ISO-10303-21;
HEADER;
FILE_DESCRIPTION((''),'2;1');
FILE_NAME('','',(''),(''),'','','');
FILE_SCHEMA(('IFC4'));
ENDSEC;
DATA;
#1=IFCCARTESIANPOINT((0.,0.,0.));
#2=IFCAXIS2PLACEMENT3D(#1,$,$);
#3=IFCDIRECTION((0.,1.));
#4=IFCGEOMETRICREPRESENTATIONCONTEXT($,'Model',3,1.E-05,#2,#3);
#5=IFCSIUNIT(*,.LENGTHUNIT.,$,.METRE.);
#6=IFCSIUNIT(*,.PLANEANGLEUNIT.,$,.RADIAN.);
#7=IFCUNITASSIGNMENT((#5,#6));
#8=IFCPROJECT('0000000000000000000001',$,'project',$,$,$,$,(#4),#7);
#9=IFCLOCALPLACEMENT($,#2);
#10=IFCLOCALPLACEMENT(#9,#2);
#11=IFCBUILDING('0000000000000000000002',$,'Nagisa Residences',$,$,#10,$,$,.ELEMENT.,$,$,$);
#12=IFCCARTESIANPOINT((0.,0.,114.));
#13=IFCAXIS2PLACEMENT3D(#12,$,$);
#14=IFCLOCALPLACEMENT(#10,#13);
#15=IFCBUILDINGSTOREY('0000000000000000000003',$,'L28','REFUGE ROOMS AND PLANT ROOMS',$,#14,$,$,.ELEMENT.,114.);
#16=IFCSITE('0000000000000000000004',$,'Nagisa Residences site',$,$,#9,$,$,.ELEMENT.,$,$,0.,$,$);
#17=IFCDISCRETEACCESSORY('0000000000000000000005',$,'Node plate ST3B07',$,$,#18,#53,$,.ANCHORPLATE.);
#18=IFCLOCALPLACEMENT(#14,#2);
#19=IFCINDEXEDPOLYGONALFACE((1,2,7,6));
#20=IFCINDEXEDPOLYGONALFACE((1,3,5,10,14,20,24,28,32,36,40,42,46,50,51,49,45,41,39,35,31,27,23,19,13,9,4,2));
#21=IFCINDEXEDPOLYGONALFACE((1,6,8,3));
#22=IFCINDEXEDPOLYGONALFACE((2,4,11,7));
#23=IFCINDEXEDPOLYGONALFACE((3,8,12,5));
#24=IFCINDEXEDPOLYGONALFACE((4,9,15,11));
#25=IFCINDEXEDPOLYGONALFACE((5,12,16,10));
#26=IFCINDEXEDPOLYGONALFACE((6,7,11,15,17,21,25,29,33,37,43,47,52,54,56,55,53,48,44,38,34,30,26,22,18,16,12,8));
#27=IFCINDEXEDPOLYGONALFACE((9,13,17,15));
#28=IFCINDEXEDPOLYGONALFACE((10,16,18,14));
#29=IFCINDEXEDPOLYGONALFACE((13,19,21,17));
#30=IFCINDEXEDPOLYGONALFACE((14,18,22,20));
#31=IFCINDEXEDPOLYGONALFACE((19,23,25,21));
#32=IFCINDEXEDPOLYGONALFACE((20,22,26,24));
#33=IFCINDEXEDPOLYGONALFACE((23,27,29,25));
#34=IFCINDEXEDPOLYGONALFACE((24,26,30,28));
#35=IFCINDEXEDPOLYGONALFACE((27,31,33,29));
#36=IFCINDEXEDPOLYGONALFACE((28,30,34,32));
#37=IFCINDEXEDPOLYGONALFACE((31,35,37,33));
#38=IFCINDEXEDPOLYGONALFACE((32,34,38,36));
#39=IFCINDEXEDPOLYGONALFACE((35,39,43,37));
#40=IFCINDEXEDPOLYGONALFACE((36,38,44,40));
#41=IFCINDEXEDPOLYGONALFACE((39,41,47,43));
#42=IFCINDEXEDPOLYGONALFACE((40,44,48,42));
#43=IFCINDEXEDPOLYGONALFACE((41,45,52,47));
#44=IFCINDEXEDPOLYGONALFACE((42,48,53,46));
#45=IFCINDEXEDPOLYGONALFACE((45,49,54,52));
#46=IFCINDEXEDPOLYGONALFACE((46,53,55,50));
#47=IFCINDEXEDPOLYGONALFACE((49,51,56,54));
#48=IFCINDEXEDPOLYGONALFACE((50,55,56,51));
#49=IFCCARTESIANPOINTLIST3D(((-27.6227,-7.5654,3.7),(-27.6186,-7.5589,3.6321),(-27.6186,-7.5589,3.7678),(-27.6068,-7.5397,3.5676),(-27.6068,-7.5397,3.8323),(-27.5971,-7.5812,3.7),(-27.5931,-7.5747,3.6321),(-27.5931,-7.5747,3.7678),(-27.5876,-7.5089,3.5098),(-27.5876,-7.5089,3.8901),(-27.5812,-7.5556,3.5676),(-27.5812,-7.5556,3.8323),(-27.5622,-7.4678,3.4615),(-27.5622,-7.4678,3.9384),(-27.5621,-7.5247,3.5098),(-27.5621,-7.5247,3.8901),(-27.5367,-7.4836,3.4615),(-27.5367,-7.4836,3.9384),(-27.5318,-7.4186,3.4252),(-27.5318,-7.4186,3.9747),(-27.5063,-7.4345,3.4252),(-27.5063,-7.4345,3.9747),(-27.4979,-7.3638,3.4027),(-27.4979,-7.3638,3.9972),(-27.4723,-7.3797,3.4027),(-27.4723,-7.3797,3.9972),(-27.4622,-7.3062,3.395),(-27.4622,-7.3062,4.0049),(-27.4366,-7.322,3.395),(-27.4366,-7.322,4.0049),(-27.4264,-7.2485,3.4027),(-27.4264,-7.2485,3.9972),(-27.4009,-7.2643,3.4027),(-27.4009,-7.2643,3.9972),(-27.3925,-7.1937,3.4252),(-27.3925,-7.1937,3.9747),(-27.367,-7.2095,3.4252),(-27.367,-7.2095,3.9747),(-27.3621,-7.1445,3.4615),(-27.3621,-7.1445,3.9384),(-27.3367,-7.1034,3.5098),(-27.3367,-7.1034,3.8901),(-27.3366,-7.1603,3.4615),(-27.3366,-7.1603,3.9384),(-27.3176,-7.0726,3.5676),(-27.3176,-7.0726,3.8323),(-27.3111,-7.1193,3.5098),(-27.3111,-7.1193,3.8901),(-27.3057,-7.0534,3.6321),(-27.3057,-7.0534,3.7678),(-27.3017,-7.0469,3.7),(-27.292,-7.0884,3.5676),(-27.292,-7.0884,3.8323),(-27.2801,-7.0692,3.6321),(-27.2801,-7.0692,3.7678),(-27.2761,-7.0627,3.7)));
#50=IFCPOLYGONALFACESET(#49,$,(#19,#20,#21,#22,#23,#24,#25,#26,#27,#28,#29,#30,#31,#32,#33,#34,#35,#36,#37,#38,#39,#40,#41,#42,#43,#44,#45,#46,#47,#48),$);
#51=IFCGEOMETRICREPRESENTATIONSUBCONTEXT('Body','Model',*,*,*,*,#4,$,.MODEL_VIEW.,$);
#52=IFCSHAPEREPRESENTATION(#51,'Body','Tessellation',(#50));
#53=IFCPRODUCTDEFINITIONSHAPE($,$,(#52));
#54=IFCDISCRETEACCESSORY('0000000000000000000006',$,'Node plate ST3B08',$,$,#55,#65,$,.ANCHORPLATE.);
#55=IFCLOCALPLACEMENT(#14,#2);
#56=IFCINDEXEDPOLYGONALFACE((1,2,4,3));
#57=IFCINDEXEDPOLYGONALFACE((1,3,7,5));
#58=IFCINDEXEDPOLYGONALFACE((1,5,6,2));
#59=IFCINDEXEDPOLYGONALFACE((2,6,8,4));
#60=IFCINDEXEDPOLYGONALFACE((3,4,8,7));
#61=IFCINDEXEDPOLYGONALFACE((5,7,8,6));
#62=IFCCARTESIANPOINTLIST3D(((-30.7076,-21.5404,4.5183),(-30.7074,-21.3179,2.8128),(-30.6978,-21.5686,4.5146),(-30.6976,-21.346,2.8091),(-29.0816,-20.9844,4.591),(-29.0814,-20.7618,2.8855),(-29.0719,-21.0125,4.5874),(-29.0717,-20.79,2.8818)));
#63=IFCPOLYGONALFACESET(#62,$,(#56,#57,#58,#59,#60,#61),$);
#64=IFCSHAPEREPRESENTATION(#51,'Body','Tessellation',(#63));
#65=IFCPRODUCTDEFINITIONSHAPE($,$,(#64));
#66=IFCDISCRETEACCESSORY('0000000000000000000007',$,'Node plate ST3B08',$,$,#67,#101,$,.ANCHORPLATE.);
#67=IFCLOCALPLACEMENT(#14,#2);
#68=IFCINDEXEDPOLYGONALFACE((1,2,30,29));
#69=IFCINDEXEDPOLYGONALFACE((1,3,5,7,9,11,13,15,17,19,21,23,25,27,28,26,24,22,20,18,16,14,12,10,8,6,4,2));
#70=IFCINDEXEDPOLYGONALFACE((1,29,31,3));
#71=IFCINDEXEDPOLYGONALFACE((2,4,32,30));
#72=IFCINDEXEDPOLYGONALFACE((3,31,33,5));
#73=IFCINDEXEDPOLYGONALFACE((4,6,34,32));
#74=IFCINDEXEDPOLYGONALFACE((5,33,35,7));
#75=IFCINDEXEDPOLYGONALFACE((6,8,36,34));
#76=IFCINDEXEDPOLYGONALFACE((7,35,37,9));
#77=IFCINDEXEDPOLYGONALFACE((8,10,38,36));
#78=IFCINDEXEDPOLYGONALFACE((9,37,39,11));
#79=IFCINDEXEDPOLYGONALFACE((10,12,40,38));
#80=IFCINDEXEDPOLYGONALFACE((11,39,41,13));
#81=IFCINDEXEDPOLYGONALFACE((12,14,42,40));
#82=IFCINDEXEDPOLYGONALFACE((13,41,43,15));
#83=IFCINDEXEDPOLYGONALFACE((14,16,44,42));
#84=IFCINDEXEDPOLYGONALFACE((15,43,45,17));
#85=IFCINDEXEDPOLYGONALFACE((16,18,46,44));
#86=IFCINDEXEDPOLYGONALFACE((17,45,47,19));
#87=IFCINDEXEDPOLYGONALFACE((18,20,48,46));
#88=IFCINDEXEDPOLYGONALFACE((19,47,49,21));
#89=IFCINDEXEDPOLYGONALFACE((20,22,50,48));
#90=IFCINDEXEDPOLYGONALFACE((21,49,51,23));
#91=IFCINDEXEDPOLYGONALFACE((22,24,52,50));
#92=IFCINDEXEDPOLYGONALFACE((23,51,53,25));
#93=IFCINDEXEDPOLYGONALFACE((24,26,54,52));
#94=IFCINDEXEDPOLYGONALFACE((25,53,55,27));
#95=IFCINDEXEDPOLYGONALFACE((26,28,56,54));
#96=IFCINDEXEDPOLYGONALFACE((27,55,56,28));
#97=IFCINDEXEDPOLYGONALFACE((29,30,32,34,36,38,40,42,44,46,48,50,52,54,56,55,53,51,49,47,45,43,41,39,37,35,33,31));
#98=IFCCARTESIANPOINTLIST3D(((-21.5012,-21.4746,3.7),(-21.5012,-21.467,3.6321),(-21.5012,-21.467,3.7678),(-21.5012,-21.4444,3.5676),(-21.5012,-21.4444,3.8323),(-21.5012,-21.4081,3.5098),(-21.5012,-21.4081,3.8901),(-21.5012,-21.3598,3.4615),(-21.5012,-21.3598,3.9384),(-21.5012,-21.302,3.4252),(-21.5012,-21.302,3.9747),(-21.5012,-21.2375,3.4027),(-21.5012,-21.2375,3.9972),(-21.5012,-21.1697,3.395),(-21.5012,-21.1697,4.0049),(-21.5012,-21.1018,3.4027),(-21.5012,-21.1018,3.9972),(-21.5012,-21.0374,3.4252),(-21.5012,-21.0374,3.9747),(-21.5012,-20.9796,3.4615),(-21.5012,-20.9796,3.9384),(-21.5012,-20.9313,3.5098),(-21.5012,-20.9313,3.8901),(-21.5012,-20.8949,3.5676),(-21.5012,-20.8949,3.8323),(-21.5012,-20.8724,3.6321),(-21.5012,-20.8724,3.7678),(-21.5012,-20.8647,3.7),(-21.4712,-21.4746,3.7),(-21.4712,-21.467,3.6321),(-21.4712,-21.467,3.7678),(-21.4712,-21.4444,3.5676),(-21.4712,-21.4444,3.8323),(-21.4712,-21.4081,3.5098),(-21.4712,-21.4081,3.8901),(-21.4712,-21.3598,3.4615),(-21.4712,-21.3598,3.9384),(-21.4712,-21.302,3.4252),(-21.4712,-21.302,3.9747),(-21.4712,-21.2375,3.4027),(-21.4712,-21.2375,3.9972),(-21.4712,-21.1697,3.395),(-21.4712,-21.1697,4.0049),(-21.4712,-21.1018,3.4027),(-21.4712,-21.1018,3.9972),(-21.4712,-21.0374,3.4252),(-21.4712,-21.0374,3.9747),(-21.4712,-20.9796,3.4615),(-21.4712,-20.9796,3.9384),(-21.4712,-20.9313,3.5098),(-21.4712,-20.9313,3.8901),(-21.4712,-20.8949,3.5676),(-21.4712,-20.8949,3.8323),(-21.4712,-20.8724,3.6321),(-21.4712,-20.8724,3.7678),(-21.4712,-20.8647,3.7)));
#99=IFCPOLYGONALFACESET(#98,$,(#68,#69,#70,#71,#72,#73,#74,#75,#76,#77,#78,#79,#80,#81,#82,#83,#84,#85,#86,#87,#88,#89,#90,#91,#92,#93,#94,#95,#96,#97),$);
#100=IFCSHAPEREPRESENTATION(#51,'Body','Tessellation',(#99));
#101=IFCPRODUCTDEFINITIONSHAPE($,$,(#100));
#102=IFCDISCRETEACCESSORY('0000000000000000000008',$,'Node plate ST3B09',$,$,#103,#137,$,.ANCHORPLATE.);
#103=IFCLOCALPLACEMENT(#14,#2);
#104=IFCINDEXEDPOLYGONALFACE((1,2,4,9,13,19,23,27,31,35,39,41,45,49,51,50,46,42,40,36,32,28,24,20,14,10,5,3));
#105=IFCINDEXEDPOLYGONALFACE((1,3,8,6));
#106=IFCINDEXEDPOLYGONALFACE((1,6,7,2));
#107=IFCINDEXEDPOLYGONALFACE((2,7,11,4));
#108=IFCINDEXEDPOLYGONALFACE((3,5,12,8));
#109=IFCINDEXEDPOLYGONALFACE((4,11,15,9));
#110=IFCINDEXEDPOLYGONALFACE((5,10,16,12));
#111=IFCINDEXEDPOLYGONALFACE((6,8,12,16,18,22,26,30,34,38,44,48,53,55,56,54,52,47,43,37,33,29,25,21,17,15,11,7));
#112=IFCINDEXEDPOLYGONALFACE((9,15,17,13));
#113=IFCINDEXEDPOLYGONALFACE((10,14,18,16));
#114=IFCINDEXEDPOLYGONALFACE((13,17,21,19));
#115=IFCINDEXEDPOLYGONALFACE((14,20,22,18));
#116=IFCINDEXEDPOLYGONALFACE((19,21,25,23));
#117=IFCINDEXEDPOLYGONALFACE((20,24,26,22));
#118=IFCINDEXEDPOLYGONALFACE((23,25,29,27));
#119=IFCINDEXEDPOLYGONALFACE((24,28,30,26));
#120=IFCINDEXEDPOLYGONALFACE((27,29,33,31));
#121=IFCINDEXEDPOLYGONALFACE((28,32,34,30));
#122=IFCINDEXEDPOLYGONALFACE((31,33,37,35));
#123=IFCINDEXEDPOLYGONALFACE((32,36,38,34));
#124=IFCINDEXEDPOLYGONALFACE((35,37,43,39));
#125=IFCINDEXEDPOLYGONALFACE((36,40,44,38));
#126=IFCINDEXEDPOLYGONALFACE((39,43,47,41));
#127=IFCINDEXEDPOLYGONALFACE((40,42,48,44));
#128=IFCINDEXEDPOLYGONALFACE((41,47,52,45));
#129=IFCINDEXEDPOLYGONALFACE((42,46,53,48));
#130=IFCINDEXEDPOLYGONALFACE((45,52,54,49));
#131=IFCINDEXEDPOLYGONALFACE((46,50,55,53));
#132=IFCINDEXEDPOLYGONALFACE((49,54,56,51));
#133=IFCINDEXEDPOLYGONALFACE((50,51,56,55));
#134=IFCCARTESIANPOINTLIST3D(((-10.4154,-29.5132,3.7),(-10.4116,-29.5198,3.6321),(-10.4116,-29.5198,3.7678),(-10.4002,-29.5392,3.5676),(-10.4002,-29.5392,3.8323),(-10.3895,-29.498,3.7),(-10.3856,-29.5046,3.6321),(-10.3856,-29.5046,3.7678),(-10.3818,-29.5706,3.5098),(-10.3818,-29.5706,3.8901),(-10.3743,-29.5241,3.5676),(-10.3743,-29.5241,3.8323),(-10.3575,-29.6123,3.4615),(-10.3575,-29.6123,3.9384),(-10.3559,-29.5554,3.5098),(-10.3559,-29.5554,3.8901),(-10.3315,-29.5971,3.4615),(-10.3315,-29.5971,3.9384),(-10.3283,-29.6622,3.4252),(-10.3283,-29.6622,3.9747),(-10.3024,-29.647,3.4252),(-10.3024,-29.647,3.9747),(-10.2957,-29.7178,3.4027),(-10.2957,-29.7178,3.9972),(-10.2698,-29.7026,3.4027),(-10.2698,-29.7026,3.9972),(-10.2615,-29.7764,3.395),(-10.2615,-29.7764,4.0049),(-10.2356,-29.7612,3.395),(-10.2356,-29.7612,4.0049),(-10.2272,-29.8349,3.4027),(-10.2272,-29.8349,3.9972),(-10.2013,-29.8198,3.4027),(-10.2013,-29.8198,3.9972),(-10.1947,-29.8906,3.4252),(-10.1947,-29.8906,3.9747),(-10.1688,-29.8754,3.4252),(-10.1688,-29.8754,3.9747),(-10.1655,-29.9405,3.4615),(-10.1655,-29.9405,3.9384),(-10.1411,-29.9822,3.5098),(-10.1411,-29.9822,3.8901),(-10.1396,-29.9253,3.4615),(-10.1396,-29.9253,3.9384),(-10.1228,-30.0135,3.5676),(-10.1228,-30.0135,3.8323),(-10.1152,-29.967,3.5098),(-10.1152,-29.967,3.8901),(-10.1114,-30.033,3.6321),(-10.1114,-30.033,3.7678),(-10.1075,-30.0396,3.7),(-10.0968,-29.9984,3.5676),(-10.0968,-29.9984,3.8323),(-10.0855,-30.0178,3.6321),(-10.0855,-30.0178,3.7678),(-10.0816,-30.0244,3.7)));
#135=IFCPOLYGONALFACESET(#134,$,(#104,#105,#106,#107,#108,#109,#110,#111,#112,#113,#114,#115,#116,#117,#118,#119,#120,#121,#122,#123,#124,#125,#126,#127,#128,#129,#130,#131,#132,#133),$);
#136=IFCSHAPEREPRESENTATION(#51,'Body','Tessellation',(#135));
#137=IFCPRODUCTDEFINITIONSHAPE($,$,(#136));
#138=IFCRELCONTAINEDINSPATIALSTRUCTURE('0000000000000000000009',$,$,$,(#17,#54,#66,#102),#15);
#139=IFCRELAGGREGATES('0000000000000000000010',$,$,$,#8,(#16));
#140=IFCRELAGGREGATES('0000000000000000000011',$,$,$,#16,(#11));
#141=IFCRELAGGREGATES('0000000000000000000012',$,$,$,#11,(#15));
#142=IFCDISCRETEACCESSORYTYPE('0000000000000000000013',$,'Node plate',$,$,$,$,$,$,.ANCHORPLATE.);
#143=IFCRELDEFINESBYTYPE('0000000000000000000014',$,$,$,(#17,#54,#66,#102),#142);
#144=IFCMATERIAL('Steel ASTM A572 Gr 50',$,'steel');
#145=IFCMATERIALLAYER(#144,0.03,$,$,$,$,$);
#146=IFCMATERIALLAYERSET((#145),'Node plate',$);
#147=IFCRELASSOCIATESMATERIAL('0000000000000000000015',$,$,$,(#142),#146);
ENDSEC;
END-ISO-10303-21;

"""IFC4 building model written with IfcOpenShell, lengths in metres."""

from ifc_helpers import new_model, si_unit, direction, frame, origin, origin_2d, place, context, subcontext, project, spatial, rectangle, circle, extrude, material, layer, layer_set, type_object, element, save


model = new_model("IFC4")

# Units and contexts
model_context = context("Model", 3, precision=1e-05, world=origin(), true_north=direction((0.0, 1.0)))
body_context = subcontext(model_context, "Body", "Model", "MODEL_VIEW")
ifc_project = project(units=[si_unit("LENGTHUNIT", "METRE"), si_unit("PLANEANGLEUNIT", "RADIAN")], contexts=[model_context])

# Site, building, storey
site_placement = place(None, origin())
site = spatial("IfcSite", under=ifc_project, at=site_placement, Name="Nagisa Residences site", CompositionType="ELEMENT", RefElevation=0.0)
building_placement = place(site_placement, origin())
building = spatial("IfcBuilding", under=site, at=building_placement, Name="Nagisa Residences", CompositionType="ELEMENT")
storey_placement = place(building_placement, frame((0.0, 0.0, 114.0)))
storey = spatial("IfcBuildingStorey", under=building, at=storey_placement, Name="L28", Description="REFUGE ROOMS AND PLANT ROOMS", CompositionType="ELEMENT", Elevation=114.0)

# Discrete accessories
ifc_material_1 = material(Name="Steel ASTM A572 Gr 50", Category="steel")
ifc_layer = layer(ifc_material_1, 0.03)
ifc_layer_set = layer_set([ifc_layer], Name="Node plate")
discrete_accessory_type_1 = type_object("IfcDiscreteAccessoryType", Name="Node plate", PredefinedType="ANCHORPLATE", material=ifc_layer_set)
discrete_accessory_1_placement = place(storey_placement, frame((-27.4622, -7.3062, 3.7), z_axis=(0.850265, -0.526355, 0.0), x_axis=(0.526355, 0.850265, 0.0)))
element("IfcDiscreteAccessory", 1, at=discrete_accessory_1_placement, inside=storey, type_object=discrete_accessory_type_1, Name="Node plate ST3B07", PredefinedType="ANCHORPLATE", context=body_context, shape_type="SweptSolid", body=[
    extrude(circle(Radius=0.3049, at=origin_2d()), origin(), (0.0, 0.0, 1.0), 0.03),
])
discrete_accessory_2_placement = place(storey_placement, frame((-29.8945, -21.1511, 3.7019), z_axis=(0.326056, -0.93741, -0.122271), x_axis=(0.945351, 0.323301, 0.042293)))
element("IfcDiscreteAccessory", 2, at=discrete_accessory_2_placement, inside=storey, type_object=discrete_accessory_type_1, Name="Node plate ST3B08", PredefinedType="ANCHORPLATE", context=body_context, shape_type="SweptSolid", body=[
    extrude(rectangle(XDim=1.72, YDim=1.72, at=origin_2d()), origin(), (0.0, 0.0, 1.0), 0.03),
])
for number, where, z_axis, x_axis, name in (
    (3, (-21.5012, -21.1697, 3.7), (1.0, 0.0, 0.0), (0.0, 1.0, 0.0), "Node plate ST3B08"),
    (4, (-10.2615, -29.7764, 3.7), (0.863188, 0.504883, 0.0), (-0.504883, 0.863188, 0.0), "Node plate ST3B09"),
):
    element("IfcDiscreteAccessory", number, at=place(storey_placement, frame(where, z_axis=z_axis, x_axis=x_axis)), inside=storey, type_object=discrete_accessory_type_1, Name=name, PredefinedType="ANCHORPLATE", context=body_context, shape_type="SweptSolid", body=[
        extrude(circle(Radius=0.3049, at=origin_2d()), origin(), (0.0, 0.0, 1.0), 0.03),
    ])

save(model, "model.ifc")
